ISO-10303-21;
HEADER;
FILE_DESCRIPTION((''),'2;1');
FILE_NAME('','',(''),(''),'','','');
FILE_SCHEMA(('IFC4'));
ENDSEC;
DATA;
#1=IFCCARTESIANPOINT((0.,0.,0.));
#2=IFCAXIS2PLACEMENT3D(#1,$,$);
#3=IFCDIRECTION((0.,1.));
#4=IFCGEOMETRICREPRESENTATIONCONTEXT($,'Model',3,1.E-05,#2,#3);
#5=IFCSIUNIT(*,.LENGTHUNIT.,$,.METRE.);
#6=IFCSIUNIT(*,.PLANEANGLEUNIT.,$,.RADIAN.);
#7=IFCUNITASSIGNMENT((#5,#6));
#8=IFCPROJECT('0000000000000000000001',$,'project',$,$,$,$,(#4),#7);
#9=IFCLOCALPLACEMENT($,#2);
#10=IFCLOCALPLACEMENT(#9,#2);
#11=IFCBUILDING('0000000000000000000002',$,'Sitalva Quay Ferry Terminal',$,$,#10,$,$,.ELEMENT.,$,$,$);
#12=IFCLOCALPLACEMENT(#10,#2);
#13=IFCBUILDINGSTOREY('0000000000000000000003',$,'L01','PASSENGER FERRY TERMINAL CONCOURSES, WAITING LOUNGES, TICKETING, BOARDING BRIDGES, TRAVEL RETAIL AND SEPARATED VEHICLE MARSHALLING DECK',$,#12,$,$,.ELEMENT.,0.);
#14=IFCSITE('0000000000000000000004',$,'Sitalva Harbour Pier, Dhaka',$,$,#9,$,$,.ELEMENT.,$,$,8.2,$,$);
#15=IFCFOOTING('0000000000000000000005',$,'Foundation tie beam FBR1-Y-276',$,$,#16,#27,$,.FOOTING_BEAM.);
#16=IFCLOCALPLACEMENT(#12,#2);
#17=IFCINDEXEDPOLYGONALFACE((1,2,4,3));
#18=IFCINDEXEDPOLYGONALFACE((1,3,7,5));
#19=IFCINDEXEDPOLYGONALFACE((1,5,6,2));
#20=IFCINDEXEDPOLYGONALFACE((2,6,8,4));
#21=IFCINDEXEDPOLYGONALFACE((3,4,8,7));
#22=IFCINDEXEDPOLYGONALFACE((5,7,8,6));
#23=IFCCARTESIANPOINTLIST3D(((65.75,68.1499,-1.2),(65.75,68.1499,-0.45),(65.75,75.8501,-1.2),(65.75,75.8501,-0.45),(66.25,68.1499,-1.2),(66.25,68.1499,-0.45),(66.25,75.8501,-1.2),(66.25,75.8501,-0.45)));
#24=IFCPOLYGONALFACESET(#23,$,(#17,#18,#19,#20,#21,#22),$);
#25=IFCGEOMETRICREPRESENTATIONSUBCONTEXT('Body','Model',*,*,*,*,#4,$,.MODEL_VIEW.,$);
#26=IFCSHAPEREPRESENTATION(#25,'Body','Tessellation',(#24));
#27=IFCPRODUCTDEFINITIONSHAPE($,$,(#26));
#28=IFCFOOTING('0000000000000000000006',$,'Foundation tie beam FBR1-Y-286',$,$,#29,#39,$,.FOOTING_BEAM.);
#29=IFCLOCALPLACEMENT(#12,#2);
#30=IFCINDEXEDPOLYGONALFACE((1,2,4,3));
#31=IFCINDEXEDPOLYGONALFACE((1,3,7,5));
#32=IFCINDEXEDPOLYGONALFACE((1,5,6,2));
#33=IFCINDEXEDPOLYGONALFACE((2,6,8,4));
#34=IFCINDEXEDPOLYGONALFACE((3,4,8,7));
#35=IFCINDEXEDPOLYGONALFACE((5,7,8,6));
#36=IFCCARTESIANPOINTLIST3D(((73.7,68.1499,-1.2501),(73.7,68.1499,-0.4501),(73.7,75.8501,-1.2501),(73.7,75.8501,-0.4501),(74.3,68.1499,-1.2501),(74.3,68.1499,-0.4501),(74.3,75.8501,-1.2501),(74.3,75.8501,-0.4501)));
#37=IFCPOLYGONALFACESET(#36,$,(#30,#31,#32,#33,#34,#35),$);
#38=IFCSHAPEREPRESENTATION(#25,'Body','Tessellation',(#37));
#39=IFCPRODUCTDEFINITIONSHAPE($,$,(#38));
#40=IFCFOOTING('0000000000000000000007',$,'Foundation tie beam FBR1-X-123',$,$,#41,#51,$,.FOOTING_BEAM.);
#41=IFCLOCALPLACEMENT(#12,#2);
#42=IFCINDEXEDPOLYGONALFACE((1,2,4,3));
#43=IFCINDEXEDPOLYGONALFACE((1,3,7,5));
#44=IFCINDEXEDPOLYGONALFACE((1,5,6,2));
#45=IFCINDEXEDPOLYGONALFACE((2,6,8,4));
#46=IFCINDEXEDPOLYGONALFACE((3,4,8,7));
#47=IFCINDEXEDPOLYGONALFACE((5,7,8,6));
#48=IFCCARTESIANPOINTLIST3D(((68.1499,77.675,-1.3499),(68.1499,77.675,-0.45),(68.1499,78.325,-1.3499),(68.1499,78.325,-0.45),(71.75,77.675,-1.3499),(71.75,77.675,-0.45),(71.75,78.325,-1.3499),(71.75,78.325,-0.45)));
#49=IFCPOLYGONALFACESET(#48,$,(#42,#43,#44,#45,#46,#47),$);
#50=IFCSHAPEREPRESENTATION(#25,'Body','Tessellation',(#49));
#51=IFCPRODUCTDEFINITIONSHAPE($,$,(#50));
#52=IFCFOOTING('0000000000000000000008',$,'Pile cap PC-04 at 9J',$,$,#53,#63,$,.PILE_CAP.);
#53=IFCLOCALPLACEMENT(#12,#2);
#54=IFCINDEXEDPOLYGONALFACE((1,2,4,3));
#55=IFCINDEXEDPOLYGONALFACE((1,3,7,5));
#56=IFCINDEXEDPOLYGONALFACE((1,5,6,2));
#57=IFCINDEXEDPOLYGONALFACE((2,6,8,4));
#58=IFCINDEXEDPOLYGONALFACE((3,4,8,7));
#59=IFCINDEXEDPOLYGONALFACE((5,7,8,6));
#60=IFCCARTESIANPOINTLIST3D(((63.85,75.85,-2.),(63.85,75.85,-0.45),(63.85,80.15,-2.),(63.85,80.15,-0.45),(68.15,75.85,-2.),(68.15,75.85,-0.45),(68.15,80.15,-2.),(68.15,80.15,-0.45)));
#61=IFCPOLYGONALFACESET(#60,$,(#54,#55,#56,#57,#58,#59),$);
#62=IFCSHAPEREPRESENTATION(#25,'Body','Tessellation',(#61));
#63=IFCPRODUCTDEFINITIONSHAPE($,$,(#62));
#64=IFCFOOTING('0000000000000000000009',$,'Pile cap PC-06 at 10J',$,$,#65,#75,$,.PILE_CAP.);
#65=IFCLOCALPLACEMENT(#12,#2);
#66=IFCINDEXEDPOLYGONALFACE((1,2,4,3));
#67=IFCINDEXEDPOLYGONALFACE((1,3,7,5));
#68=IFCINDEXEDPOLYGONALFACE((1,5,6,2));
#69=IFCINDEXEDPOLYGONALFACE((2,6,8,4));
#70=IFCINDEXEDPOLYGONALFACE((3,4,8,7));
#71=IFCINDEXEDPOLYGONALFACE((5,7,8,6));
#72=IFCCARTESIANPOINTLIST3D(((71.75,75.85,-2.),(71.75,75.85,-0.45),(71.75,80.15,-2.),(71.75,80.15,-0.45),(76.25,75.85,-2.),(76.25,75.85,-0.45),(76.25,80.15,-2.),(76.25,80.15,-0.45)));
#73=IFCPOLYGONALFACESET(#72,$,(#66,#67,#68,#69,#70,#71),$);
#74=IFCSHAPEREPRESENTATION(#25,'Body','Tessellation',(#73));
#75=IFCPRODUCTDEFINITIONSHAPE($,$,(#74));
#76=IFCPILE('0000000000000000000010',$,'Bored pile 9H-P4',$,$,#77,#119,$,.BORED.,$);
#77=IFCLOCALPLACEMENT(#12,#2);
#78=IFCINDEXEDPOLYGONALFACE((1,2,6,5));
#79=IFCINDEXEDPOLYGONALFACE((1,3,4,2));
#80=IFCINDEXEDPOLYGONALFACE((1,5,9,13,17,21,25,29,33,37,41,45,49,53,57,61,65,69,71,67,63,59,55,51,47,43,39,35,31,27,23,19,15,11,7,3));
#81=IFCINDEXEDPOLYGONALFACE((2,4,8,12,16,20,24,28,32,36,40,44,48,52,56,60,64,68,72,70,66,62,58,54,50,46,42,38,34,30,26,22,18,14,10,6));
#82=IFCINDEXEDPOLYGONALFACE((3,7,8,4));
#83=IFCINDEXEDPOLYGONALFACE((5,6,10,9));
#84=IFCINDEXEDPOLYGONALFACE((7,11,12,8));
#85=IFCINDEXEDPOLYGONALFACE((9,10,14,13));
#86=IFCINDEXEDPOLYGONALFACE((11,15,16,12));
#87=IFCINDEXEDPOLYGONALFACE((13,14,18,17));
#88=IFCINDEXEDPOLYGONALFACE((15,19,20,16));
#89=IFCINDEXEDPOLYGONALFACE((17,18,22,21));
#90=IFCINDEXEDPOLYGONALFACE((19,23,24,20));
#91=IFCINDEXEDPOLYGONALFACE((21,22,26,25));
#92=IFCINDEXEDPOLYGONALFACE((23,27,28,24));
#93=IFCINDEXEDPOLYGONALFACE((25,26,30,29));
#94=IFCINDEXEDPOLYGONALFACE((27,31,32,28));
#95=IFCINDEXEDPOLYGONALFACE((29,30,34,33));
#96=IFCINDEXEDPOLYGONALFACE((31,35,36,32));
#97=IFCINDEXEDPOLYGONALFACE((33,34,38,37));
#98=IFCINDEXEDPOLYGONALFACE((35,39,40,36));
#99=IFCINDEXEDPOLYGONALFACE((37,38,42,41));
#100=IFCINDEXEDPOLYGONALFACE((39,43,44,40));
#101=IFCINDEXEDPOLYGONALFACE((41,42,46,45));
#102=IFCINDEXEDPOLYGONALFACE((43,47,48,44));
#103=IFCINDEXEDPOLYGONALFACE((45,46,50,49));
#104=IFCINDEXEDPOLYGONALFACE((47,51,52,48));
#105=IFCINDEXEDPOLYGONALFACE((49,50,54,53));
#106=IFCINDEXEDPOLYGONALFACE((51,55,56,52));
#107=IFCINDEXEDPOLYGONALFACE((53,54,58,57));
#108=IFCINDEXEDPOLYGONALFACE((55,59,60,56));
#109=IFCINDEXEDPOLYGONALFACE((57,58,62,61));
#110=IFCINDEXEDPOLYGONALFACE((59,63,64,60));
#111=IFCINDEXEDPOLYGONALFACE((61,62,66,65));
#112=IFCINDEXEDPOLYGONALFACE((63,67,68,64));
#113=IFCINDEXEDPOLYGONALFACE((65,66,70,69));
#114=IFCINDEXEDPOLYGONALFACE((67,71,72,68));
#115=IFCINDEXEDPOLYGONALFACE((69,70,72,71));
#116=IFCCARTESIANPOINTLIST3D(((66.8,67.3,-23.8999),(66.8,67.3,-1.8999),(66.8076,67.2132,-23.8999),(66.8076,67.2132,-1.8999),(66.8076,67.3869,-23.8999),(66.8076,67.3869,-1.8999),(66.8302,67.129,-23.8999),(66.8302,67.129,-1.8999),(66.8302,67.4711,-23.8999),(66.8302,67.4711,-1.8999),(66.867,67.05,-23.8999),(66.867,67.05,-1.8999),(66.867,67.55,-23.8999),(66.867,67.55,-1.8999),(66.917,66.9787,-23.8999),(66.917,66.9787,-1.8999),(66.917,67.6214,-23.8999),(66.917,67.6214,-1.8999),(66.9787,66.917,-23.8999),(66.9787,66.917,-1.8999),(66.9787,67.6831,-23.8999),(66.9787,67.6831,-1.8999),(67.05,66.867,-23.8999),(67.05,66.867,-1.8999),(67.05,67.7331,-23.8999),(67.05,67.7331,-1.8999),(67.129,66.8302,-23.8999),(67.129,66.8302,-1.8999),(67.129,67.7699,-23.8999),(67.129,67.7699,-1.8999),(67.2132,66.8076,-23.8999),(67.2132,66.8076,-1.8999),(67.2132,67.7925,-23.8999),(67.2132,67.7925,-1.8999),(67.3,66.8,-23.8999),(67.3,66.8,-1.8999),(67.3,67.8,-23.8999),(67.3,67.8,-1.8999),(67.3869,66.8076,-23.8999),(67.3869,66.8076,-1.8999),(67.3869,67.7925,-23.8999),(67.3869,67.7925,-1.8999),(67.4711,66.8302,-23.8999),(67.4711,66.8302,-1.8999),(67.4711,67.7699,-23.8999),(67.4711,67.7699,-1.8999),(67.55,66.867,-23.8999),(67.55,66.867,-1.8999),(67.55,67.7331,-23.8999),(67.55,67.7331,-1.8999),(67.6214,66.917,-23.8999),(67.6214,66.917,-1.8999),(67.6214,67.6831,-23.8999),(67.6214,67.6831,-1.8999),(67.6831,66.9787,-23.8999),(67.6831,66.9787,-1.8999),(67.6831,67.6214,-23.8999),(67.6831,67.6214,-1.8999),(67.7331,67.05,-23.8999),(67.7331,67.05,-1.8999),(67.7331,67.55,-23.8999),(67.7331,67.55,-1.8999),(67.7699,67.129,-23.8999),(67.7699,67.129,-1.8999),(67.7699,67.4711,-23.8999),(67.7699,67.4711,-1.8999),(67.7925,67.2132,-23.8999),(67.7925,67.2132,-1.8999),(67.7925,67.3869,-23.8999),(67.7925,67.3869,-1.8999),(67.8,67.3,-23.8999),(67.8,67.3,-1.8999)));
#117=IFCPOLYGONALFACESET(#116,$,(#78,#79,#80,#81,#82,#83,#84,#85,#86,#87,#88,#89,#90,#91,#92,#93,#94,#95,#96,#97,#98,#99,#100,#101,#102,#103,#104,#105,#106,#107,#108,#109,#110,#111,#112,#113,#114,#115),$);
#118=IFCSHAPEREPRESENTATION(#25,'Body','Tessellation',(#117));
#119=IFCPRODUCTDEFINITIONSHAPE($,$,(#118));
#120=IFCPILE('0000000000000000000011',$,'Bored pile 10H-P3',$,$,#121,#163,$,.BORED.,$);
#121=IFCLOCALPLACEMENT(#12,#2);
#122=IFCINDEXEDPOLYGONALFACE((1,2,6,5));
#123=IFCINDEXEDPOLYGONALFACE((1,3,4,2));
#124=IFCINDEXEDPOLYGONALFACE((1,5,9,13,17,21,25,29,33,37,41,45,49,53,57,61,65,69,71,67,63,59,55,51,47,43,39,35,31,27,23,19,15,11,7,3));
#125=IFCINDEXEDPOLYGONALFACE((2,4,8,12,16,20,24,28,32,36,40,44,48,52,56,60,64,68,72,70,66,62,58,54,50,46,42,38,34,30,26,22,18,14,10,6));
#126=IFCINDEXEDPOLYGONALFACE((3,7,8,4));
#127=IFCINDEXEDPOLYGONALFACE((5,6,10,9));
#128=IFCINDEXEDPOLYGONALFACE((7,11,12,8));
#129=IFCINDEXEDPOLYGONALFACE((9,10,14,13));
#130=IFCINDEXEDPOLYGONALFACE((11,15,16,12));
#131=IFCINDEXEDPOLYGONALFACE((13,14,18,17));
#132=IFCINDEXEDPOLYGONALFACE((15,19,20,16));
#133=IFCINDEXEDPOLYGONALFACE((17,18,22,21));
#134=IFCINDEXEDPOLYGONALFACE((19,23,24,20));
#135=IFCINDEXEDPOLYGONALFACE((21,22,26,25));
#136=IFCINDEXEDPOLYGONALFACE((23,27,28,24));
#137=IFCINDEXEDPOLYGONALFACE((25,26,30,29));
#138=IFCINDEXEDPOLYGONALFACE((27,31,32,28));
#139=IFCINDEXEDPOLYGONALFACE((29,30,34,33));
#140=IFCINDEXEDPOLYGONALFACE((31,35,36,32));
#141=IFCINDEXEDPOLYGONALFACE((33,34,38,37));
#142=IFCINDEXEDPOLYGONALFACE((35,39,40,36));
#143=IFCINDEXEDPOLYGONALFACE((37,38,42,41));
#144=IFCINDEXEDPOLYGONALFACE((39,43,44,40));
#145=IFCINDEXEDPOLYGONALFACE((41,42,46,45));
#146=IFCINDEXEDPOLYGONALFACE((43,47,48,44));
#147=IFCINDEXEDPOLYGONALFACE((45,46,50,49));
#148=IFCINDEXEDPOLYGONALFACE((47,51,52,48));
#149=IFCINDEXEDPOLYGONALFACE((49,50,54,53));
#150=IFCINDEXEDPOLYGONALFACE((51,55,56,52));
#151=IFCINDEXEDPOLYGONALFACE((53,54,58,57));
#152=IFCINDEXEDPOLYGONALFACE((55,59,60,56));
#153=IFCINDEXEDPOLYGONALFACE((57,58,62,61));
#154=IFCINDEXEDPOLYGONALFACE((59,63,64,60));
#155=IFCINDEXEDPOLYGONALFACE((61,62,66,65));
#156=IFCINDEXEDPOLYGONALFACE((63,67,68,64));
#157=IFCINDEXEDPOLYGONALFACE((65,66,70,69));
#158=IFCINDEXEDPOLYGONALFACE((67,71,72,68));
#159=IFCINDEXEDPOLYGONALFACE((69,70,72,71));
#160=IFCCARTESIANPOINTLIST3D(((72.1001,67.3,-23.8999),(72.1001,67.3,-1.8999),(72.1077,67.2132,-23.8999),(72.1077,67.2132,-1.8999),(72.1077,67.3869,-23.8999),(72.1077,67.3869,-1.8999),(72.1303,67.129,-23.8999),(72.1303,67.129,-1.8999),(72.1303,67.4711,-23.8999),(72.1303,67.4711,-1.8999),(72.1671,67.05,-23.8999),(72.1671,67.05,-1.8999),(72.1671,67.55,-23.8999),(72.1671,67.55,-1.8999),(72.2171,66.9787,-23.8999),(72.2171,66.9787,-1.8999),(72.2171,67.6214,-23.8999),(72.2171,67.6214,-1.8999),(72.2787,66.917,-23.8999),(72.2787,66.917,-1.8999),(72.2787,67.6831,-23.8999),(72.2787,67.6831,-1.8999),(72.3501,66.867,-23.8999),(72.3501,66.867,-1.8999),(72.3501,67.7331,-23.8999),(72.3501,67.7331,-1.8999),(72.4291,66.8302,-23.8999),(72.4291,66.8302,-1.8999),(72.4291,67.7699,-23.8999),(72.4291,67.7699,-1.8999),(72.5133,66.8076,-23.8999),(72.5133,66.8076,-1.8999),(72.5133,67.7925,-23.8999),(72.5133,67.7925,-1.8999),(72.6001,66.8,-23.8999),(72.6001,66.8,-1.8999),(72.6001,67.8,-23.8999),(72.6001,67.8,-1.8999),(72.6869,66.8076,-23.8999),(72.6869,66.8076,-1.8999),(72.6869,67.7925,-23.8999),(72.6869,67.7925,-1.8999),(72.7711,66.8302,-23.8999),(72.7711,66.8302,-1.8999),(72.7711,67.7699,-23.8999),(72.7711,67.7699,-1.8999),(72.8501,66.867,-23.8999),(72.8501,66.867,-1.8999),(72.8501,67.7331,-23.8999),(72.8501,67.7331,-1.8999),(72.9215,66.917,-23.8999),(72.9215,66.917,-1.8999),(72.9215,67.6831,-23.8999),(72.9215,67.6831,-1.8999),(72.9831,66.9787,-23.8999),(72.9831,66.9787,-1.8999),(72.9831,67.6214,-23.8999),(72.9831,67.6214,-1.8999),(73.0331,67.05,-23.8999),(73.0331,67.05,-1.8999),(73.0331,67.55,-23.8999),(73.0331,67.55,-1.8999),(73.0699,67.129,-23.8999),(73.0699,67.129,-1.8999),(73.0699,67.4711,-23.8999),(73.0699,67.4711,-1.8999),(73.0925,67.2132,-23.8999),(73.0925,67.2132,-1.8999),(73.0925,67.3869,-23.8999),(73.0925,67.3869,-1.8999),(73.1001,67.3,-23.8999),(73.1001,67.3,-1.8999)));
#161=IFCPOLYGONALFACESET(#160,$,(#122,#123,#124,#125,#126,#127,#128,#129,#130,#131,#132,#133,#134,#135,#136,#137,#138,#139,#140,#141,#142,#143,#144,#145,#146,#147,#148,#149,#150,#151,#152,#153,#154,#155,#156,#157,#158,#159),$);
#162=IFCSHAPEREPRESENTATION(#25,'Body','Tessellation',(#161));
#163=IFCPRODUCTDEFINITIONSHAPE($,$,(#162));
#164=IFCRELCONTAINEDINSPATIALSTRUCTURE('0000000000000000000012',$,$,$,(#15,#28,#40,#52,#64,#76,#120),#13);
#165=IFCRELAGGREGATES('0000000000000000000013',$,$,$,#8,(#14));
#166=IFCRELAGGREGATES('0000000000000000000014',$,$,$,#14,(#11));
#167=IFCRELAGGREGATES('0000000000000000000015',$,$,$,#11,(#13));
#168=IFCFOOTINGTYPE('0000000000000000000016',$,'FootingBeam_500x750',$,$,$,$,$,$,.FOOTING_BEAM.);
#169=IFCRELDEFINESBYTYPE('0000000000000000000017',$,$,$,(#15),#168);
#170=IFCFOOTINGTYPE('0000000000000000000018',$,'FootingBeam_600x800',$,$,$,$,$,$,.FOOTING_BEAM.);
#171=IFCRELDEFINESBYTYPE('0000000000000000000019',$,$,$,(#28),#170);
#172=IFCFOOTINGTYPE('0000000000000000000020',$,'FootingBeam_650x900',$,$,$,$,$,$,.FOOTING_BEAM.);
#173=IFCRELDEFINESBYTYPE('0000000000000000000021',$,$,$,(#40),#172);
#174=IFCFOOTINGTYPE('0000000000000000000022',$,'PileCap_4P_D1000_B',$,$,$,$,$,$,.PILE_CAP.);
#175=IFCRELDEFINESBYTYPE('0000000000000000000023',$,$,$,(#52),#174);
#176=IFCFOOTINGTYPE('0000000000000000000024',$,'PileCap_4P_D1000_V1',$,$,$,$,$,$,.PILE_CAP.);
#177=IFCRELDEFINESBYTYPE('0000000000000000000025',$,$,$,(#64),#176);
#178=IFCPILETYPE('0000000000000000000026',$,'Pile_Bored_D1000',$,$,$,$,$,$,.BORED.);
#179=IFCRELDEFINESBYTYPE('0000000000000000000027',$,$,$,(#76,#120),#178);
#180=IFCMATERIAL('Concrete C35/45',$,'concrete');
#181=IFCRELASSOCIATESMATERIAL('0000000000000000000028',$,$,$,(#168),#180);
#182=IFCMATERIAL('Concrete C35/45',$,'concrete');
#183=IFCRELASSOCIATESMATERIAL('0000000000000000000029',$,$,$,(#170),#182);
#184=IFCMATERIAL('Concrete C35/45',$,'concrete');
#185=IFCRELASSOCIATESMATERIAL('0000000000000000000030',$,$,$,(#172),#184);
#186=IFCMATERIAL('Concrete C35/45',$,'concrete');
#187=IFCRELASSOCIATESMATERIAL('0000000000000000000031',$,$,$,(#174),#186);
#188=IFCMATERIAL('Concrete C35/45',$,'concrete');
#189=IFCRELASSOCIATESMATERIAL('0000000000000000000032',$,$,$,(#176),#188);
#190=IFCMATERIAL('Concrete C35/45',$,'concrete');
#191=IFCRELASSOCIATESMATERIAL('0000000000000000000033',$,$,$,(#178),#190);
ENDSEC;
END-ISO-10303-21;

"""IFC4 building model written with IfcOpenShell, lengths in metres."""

from ifc_helpers import new_model, si_unit, direction, frame, origin, origin_2d, place, context, subcontext, project, spatial, rectangle, circle, extrude, material, material_profile, profile_set, type_object, element, save


model = new_model("IFC4")

# Units and contexts
model_context = context("Model", 3, precision=1e-05, world=origin(), true_north=direction((0.0, 1.0)))
body_context = subcontext(model_context, "Body", "Model", "MODEL_VIEW")
ifc_project = project(units=[si_unit("LENGTHUNIT", "METRE"), si_unit("PLANEANGLEUNIT", "RADIAN")], contexts=[model_context])

# Site, building, storey
site_placement = place(None, origin())
site = spatial("IfcSite", under=ifc_project, at=site_placement, Name="Sitalva Harbour Pier, Dhaka", CompositionType="ELEMENT", RefElevation=8.2)
building_placement = place(site_placement, origin())
building = spatial("IfcBuilding", under=site, at=building_placement, Name="Sitalva Quay Ferry Terminal", CompositionType="ELEMENT")
storey_placement = place(building_placement, origin())
storey = spatial("IfcBuildingStorey", under=building, at=storey_placement, Name="L01", Description="PASSENGER FERRY TERMINAL CONCOURSES, WAITING LOUNGES, TICKETING, BOARDING BRIDGES, TRAVEL RETAIL AND SEPARATED VEHICLE MARSHALLING DECK", CompositionType="ELEMENT", Elevation=0.0)

# Footings
ifc_material_1 = material(Name="Concrete C35/45", Category="concrete")
ifc_material_profile_1 = material_profile(ifc_material_1, rectangle(XDim=0.5, YDim=0.75, at=origin_2d()), Name="RC500x750")
ifc_profile_set_1 = profile_set([ifc_material_profile_1], Name="Concrete C35/45")
footing_type_1 = type_object("IfcFootingType", Name="FootingBeam_500x750", PredefinedType="FOOTING_BEAM", material=ifc_profile_set_1)
footing_1_placement = place(storey_placement, frame((66.0, 68.1499, -0.825), z_axis=(0.0, 1.0, 0.0), x_axis=(-1.0, 0.0, 0.0)))
element("IfcFooting", 1, at=footing_1_placement, inside=storey, type_object=footing_type_1, Name="Foundation tie beam FBR1-Y-276", PredefinedType="FOOTING_BEAM", context=body_context, shape_type="SweptSolid", body=[
    extrude(rectangle(XDim=0.5, YDim=0.75, at=origin_2d()), origin(), (0.0, 0.0, 1.0), 7.7002),
])
ifc_material_2 = material(Name="Concrete C35/45", Category="concrete")
ifc_material_profile_2 = material_profile(ifc_material_2, rectangle(XDim=0.6001, YDim=0.8, at=origin_2d()), Name="RC600x800")
ifc_profile_set_2 = profile_set([ifc_material_profile_2], Name="Concrete C35/45")
footing_type_2 = type_object("IfcFootingType", Name="FootingBeam_600x800", PredefinedType="FOOTING_BEAM", material=ifc_profile_set_2)
footing_2_placement = place(storey_placement, frame((74.0, 68.1499, -0.8501), z_axis=(0.0, 1.0, 0.0), x_axis=(-1.0, 0.0, 0.0)))
element("IfcFooting", 2, at=footing_2_placement, inside=storey, type_object=footing_type_2, Name="Foundation tie beam FBR1-Y-286", PredefinedType="FOOTING_BEAM", context=body_context, shape_type="SweptSolid", body=[
    extrude(rectangle(XDim=0.6001, YDim=0.8, at=origin_2d()), origin(), (0.0, 0.0, 1.0), 7.7002),
])
ifc_material_3 = material(Name="Concrete C35/45", Category="concrete")
ifc_material_profile_3 = material_profile(ifc_material_3, rectangle(XDim=0.6499, YDim=0.8999, at=origin_2d()), Name="RC650x900")
ifc_profile_set_3 = profile_set([ifc_material_profile_3], Name="Concrete C35/45")
footing_type_3 = type_object("IfcFootingType", Name="FootingBeam_650x900", PredefinedType="FOOTING_BEAM", material=ifc_profile_set_3)
footing_3_placement = place(storey_placement, frame((68.1499, 78.0, -0.8999), z_axis=(1.0, 0.0, 0.0), x_axis=(0.0, 1.0, 0.0)))
element("IfcFooting", 3, at=footing_3_placement, inside=storey, type_object=footing_type_3, Name="Foundation tie beam FBR1-X-123", PredefinedType="FOOTING_BEAM", context=body_context, shape_type="SweptSolid", body=[
    extrude(rectangle(XDim=0.6499, YDim=0.8999, at=origin_2d()), origin(), (0.0, 0.0, 1.0), 3.6001),
])
ifc_material_4 = material(Name="Concrete C35/45", Category="concrete")
footing_type_4 = type_object("IfcFootingType", Name="PileCap_4P_D1000_B", PredefinedType="PILE_CAP", material=ifc_material_4)
footing_4_placement = place(storey_placement, frame((66.0, 78.0, -2.0), z_axis=(0.0, 0.0, 1.0), x_axis=(1.0, 0.0, 0.0)))
element("IfcFooting", 4, at=footing_4_placement, inside=storey, type_object=footing_type_4, Name="Pile cap PC-04 at 9J", PredefinedType="PILE_CAP", context=body_context, shape_type="SweptSolid", body=[
    extrude(rectangle(XDim=4.3, YDim=4.3, at=origin_2d()), origin(), (0.0, 0.0, 1.0), 1.55),
])
ifc_material_5 = material(Name="Concrete C35/45", Category="concrete")
footing_type_5 = type_object("IfcFootingType", Name="PileCap_4P_D1000_V1", PredefinedType="PILE_CAP", material=ifc_material_5)
footing_5_placement = place(storey_placement, frame((74.0, 78.0, -2.0), z_axis=(0.0, 0.0, 1.0), x_axis=(1.0, 0.0, 0.0)))
element("IfcFooting", 5, at=footing_5_placement, inside=storey, type_object=footing_type_5, Name="Pile cap PC-06 at 10J", PredefinedType="PILE_CAP", context=body_context, shape_type="SweptSolid", body=[
    extrude(rectangle(XDim=4.5, YDim=4.3, at=origin_2d()), origin(), (0.0, 0.0, 1.0), 1.55),
])

# Piles
ifc_material_6 = material(Name="Concrete C35/45", Category="concrete")
ifc_material_profile_4 = material_profile(ifc_material_6, circle(Radius=0.5, at=origin_2d()), Name="PILE-D1000")
ifc_profile_set_4 = profile_set([ifc_material_profile_4], Name="Concrete C35/45")
pile_type = type_object("IfcPileType", Name="Pile_Bored_D1000", PredefinedType="BORED", material=ifc_profile_set_4)
for number, where, z_axis, x_axis, name in (
    (6, (67.3, 67.3, -1.8999), (0.0, 0.0, -1.0), (1.0, 0.0, 0.0), "Bored pile 9H-P4"),
    (7, (72.6001, 67.3, -1.8999), (0.0, 0.0, -1.0), (1.0, 0.0, 0.0), "Bored pile 10H-P3"),
):
    element("IfcPile", number, at=place(storey_placement, frame(where, z_axis=z_axis, x_axis=x_axis)), inside=storey, type_object=pile_type, Name=name, PredefinedType="BORED", context=body_context, shape_type="SweptSolid", body=[
        extrude(circle(Radius=0.5, at=origin_2d()), origin(), (0.0, 0.0, 1.0), 22.0),
    ])

save(model, "model.ifc")
